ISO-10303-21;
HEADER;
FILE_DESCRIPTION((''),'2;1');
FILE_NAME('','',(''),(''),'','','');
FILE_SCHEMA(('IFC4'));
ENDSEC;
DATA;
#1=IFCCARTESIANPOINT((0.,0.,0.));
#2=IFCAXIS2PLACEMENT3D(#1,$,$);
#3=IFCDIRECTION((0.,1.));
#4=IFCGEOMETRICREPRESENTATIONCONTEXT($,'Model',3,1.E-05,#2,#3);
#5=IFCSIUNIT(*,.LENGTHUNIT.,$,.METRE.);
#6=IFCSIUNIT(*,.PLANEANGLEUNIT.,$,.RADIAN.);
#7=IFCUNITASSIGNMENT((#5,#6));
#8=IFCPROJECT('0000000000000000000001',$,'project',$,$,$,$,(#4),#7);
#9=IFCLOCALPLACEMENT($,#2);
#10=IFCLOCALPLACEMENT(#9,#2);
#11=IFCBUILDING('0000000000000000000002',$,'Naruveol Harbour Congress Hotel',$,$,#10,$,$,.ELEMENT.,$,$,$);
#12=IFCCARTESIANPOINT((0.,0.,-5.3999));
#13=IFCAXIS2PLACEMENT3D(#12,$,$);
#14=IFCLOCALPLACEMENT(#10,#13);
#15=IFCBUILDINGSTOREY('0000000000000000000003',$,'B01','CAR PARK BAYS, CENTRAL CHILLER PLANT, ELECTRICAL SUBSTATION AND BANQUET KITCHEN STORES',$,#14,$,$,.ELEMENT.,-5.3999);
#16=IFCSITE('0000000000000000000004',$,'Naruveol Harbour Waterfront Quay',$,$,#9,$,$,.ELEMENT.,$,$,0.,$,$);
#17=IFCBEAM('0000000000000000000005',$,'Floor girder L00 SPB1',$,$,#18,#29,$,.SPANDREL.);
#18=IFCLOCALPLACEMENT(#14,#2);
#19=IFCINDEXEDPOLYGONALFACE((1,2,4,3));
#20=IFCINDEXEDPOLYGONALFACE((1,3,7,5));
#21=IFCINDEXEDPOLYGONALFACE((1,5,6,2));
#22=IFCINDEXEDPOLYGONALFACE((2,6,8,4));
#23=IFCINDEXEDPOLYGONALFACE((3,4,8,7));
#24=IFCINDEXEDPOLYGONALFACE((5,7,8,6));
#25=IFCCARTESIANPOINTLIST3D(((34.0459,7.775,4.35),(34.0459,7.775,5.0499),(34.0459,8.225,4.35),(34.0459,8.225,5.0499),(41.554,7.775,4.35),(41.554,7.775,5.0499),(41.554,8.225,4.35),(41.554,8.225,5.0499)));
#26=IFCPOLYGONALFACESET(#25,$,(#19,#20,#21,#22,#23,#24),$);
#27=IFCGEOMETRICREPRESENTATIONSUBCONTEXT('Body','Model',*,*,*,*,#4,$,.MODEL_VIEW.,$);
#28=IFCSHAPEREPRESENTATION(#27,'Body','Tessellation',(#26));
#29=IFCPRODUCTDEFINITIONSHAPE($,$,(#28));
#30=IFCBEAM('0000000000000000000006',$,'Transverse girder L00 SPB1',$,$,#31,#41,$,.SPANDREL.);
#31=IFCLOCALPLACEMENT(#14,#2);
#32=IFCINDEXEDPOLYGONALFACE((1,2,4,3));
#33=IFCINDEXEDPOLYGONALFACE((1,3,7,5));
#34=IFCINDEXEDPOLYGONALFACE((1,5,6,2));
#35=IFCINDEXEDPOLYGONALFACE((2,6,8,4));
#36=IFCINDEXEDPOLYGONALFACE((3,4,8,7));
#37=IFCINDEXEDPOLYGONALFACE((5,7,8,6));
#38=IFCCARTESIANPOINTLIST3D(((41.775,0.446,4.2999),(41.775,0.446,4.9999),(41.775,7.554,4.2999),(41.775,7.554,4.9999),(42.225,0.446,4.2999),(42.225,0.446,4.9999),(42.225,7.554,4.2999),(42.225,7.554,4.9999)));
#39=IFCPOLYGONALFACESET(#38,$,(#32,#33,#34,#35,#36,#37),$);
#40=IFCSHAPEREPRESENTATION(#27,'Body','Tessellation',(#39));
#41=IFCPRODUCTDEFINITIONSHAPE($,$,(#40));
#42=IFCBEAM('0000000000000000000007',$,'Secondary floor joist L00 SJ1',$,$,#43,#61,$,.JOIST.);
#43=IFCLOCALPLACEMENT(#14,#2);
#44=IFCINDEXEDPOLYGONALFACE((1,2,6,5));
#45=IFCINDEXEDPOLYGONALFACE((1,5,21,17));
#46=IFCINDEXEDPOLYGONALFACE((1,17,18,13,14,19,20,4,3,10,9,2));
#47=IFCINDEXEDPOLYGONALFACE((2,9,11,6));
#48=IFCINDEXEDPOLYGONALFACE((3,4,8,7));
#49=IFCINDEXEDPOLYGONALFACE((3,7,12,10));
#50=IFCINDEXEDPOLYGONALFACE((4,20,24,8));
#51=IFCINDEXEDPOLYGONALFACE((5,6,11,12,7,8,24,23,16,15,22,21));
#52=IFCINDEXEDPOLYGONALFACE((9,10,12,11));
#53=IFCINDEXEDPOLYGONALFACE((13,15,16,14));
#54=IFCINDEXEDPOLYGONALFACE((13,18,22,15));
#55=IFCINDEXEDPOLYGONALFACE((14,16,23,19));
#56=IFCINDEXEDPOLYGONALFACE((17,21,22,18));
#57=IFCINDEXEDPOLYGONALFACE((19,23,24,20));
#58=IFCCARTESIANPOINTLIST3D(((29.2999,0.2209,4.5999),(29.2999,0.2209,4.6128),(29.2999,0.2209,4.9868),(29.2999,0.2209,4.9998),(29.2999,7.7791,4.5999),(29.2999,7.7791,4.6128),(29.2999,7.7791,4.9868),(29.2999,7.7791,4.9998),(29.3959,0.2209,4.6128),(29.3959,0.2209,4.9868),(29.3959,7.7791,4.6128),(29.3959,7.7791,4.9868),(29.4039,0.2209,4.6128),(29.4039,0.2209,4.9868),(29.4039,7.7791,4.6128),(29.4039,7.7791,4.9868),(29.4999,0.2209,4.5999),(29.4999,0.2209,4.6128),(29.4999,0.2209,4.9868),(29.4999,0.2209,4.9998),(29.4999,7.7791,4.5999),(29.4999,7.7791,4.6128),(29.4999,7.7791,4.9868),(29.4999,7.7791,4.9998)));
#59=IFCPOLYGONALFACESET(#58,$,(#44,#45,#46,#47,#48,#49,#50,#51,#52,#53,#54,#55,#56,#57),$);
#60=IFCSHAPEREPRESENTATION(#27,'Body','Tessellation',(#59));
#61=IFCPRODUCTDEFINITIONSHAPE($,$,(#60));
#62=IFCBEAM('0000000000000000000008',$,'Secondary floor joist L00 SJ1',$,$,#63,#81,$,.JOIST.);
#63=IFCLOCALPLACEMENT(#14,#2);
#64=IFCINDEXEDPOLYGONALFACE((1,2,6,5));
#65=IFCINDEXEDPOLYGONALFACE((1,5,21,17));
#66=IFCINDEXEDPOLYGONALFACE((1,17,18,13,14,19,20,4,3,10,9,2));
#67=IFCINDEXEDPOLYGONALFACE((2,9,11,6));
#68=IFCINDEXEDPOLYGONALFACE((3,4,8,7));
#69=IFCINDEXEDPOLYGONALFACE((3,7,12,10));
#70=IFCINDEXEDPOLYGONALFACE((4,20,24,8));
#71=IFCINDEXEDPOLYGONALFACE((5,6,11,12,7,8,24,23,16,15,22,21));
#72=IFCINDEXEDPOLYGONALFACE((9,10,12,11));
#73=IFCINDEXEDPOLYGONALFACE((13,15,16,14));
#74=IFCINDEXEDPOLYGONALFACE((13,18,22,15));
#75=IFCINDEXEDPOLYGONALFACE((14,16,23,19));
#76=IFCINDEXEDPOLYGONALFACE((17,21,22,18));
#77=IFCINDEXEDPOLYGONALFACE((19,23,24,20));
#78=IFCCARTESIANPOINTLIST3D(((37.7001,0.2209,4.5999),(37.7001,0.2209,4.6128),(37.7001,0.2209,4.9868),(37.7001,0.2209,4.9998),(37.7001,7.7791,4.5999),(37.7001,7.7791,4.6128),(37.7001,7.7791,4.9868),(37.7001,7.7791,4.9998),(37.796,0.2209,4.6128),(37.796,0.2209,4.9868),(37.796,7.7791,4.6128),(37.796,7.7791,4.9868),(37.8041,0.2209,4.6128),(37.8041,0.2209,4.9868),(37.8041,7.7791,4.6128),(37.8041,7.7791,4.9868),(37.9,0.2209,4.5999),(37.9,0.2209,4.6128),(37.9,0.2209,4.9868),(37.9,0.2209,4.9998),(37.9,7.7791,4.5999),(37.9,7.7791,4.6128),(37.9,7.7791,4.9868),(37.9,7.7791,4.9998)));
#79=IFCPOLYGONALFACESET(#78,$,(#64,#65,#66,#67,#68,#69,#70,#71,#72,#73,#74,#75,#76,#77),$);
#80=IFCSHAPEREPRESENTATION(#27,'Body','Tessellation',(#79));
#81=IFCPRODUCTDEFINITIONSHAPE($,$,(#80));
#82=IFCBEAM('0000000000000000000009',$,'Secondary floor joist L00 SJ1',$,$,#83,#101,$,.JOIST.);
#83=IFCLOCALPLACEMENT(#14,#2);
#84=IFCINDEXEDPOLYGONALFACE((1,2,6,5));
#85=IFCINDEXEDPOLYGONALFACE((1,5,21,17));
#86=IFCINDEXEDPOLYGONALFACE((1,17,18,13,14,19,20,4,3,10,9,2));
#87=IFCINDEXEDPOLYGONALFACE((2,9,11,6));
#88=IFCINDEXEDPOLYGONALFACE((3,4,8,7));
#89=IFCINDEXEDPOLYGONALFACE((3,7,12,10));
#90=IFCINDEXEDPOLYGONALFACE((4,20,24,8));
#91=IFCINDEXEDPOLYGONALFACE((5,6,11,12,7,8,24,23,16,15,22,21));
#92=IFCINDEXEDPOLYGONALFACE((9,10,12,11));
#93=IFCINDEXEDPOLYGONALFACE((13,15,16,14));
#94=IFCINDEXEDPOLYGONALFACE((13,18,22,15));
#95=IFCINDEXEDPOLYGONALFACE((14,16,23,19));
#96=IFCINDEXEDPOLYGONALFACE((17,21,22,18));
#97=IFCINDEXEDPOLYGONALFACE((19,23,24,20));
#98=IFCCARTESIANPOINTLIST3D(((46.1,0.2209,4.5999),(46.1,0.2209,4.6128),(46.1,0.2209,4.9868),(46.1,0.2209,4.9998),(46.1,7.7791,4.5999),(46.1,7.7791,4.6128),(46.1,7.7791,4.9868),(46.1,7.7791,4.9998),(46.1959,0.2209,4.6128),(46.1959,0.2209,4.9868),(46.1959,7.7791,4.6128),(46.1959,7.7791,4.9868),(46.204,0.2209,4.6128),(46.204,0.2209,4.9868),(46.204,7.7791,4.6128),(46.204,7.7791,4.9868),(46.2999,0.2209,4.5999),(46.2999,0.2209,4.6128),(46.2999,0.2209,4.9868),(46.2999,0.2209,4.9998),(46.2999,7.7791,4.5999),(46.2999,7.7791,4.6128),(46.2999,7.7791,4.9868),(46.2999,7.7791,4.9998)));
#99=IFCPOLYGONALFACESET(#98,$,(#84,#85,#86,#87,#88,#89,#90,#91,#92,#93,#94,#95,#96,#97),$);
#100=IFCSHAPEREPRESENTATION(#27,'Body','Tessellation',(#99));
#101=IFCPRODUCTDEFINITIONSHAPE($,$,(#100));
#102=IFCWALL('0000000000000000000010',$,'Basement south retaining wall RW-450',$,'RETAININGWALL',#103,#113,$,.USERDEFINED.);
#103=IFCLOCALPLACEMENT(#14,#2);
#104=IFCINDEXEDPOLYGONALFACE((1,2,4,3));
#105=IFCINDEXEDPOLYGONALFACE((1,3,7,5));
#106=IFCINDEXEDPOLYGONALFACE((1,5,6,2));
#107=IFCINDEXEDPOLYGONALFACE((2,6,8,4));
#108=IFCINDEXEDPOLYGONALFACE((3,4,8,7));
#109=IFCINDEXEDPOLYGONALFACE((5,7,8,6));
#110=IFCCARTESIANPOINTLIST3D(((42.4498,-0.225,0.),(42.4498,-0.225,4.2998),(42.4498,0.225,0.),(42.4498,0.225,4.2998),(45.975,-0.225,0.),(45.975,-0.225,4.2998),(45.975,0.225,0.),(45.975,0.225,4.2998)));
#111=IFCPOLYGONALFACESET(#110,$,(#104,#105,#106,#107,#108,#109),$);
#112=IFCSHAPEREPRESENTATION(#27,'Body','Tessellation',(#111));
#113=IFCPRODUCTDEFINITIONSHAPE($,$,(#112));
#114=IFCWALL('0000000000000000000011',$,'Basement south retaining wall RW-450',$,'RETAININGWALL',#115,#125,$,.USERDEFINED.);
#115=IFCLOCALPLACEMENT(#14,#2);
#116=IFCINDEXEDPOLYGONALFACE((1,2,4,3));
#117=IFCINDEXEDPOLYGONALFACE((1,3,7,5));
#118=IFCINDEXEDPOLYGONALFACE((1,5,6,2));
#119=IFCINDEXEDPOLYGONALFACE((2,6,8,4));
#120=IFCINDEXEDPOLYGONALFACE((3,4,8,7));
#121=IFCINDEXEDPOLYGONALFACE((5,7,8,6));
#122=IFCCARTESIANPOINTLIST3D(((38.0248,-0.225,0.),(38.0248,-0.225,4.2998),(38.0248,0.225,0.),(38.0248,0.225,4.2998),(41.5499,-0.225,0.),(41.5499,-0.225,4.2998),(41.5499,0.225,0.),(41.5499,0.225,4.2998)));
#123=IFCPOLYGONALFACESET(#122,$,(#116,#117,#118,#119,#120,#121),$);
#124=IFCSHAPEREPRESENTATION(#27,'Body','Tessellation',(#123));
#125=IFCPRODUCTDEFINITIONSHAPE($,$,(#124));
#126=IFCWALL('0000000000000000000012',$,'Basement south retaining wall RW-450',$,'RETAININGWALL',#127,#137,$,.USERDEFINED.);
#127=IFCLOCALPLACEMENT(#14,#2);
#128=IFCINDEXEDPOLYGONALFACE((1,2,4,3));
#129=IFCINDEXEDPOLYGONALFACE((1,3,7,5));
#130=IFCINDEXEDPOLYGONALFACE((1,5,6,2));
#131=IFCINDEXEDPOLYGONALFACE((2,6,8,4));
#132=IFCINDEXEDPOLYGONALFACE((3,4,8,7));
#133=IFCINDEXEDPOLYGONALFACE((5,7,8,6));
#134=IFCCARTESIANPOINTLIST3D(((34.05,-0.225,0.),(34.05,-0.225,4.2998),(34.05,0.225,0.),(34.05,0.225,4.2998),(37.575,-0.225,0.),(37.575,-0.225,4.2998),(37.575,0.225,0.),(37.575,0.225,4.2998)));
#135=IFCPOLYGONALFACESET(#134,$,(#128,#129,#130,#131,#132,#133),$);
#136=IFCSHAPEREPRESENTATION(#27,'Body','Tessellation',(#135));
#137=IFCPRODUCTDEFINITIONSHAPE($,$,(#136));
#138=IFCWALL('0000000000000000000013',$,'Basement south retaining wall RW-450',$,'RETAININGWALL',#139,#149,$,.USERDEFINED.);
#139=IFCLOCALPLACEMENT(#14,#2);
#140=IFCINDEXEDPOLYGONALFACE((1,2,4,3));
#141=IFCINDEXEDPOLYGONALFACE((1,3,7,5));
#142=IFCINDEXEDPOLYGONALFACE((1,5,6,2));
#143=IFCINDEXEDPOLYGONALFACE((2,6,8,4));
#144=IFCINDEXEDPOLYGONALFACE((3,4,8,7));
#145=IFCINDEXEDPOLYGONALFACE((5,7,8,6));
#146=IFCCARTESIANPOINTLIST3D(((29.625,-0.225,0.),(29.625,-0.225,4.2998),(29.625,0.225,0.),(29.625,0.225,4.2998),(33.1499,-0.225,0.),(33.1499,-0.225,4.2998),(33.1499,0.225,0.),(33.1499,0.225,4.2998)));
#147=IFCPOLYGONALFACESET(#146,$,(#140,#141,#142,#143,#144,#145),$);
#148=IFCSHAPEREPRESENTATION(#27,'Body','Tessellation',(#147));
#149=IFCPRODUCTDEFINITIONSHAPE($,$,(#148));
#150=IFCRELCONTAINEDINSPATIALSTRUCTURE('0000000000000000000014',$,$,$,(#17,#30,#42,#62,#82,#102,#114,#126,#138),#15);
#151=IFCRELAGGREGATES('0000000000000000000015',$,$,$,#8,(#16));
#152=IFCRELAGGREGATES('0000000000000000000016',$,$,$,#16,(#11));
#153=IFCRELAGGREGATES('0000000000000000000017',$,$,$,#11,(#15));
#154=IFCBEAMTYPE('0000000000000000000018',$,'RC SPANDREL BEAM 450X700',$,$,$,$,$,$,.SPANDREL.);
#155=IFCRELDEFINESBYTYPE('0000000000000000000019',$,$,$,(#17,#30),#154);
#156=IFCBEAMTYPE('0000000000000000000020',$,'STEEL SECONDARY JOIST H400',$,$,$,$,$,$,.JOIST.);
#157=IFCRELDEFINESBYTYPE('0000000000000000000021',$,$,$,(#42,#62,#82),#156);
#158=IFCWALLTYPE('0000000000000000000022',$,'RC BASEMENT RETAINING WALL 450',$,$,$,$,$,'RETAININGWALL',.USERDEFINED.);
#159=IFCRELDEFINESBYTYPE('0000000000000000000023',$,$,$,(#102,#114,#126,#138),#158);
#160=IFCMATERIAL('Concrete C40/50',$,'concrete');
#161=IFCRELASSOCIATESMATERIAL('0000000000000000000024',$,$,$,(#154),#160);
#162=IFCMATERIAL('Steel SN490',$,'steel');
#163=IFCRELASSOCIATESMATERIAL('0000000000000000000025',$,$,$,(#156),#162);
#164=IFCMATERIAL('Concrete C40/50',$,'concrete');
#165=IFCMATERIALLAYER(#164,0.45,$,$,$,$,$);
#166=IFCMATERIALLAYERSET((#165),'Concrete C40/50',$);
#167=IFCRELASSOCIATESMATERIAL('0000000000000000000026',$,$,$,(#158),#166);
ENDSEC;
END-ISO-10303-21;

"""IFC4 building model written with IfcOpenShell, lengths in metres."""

from ifc_helpers import new_model, si_unit, direction, frame, frame_2d, origin, origin_2d, place, context, subcontext, project, spatial, rectangle, i_section, extrude, material, layer, layer_set, material_profile, profile_set, type_object, element, save


model = new_model("IFC4")

# Units and contexts
model_context = context("Model", 3, precision=1e-05, world=origin(), true_north=direction((0.0, 1.0)))
body_context = subcontext(model_context, "Body", "Model", "MODEL_VIEW")
ifc_project = project(units=[si_unit("LENGTHUNIT", "METRE"), si_unit("PLANEANGLEUNIT", "RADIAN")], contexts=[model_context])

# Site, building, storey
site_placement = place(None, origin())
site = spatial("IfcSite", under=ifc_project, at=site_placement, Name="Naruveol Harbour Waterfront Quay", CompositionType="ELEMENT", RefElevation=0.0)
building_placement = place(site_placement, origin())
building = spatial("IfcBuilding", under=site, at=building_placement, Name="Naruveol Harbour Congress Hotel", CompositionType="ELEMENT")
storey_placement = place(building_placement, frame((0.0, 0.0, -5.3999)))
storey = spatial("IfcBuildingStorey", under=building, at=storey_placement, Name="B01", Description="CAR PARK BAYS, CENTRAL CHILLER PLANT, ELECTRICAL SUBSTATION AND BANQUET KITCHEN STORES", CompositionType="ELEMENT", Elevation=-5.3999)

# Beams
ifc_material_1 = material(Name="Concrete C40/50", Category="concrete")
ifc_material_profile_1 = material_profile(ifc_material_1, rectangle(XDim=0.45, YDim=0.7, at=origin_2d()), Name="RCB-450x700")
ifc_profile_set_1 = profile_set([ifc_material_profile_1], Name="Concrete C40/50")
beam_type_1 = type_object("IfcBeamType", Name="RC SPANDREL BEAM 450X700", PredefinedType="SPANDREL", material=ifc_profile_set_1)
for number, where, z_axis, x_axis, name in (
    (1, (34.0459, 8.0, 4.7), (1.0, 0.0, 0.0), (0.0, 1.0, 0.0), "Floor girder L00 SPB1"),
):
    element("IfcBeam", number, at=place(storey_placement, frame(where, z_axis=z_axis, x_axis=x_axis)), inside=storey, type_object=beam_type_1, Name=name, PredefinedType="SPANDREL", context=body_context, shape_type="SweptSolid", body=[
        extrude(rectangle(XDim=0.45, YDim=0.7, at=origin_2d()), origin(), (0.0, 0.0, 1.0), 7.5081),
    ])
beam_1_placement = place(storey_placement, frame((42.0, 0.446, 4.6499), z_axis=(0.0, 1.0, 0.0), x_axis=(-1.0, 0.0, 0.0)))
element("IfcBeam", 2, at=beam_1_placement, inside=storey, type_object=beam_type_1, Name="Transverse girder L00 SPB1", PredefinedType="SPANDREL", context=body_context, shape_type="SweptSolid", body=[
    extrude(rectangle(XDim=0.45, YDim=0.7, at=origin_2d()), origin(), (0.0, 0.0, 1.0), 7.1079),
])
ifc_material_2 = material(Name="Steel SN490", Category="steel")
ifc_material_profile_2 = material_profile(ifc_material_2, i_section(OverallWidth=0.2, OverallDepth=0.3999, WebThickness=0.0081, FlangeThickness=0.0129, at=origin_2d()), Name="H-400x200x8x13")
ifc_profile_set_2 = profile_set([ifc_material_profile_2], Name="Steel SN490")
beam_type_2 = type_object("IfcBeamType", Name="STEEL SECONDARY JOIST H400", PredefinedType="JOIST", material=ifc_profile_set_2)
for number, where, z_axis, x_axis, name in (
    (3, (29.3999, 0.2209, 4.7998), (0.0, 1.0, 0.0), (-1.0, 0.0, 0.0), "Secondary floor joist L00 SJ1"),
    (4, (37.8, 0.2209, 4.7998), (0.0, 1.0, 0.0), (-1.0, 0.0, 0.0), "Secondary floor joist L00 SJ1"),
    (5, (46.2, 0.2209, 4.7998), (0.0, 1.0, 0.0), (-1.0, 0.0, 0.0), "Secondary floor joist L00 SJ1"),
):
    element("IfcBeam", number, at=place(storey_placement, frame(where, z_axis=z_axis, x_axis=x_axis)), inside=storey, type_object=beam_type_2, Name=name, PredefinedType="JOIST", context=body_context, shape_type="SweptSolid", body=[
        extrude(i_section(OverallWidth=0.2, OverallDepth=0.3999, WebThickness=0.0081, FlangeThickness=0.0129, at=origin_2d()), origin(), (0.0, 0.0, 1.0), 7.5581),
    ])

# Walls
ifc_material_3 = material(Name="Concrete C40/50", Category="concrete")
ifc_layer = layer(ifc_material_3, 0.45)
ifc_layer_set = layer_set([ifc_layer], Name="Concrete C40/50")
wall_type = type_object("IfcWallType", Name="RC BASEMENT RETAINING WALL 450", ElementType="RETAININGWALL", PredefinedType="USERDEFINED", material=ifc_layer_set)
for number, where, z_axis, x_axis, name in (
    (6, (45.9751, 0.0, 0.0), (0.0, 0.0, 1.0), (-1.0, 0.0, 0.0), "Basement south retaining wall RW-450"),
    (7, (41.55, 0.0, 0.0), (0.0, 0.0, 1.0), (-1.0, 0.0, 0.0), "Basement south retaining wall RW-450"),
):
    element("IfcWall", number, at=place(storey_placement, frame(where, z_axis=z_axis, x_axis=x_axis)), inside=storey, type_object=wall_type, Name=name, ObjectType="RETAININGWALL", PredefinedType="USERDEFINED", context=body_context, shape_type="SweptSolid", body=[
        extrude(rectangle(XDim=3.5251, YDim=0.45, at=frame_2d((1.7627, 0.0))), origin(), (0.0, 0.0, 1.0), 4.2998),
    ])
for number, where, z_axis, x_axis, name in (
    (8, (37.575, 0.0, 0.0), (0.0, 0.0, 1.0), (-1.0, 0.0, 0.0), "Basement south retaining wall RW-450"),
    (9, (33.1499, 0.0, 0.0), (0.0, 0.0, 1.0), (-1.0, 0.0, 0.0), "Basement south retaining wall RW-450"),
):
    element("IfcWall", number, at=place(storey_placement, frame(where, z_axis=z_axis, x_axis=x_axis)), inside=storey, type_object=wall_type, Name=name, ObjectType="RETAININGWALL", PredefinedType="USERDEFINED", context=body_context, shape_type="SweptSolid", body=[
        extrude(rectangle(XDim=3.5249, YDim=0.45, at=frame_2d((1.7625, 0.0))), origin(), (0.0, 0.0, 1.0), 4.2998),
    ])

save(model, "model.ifc")
